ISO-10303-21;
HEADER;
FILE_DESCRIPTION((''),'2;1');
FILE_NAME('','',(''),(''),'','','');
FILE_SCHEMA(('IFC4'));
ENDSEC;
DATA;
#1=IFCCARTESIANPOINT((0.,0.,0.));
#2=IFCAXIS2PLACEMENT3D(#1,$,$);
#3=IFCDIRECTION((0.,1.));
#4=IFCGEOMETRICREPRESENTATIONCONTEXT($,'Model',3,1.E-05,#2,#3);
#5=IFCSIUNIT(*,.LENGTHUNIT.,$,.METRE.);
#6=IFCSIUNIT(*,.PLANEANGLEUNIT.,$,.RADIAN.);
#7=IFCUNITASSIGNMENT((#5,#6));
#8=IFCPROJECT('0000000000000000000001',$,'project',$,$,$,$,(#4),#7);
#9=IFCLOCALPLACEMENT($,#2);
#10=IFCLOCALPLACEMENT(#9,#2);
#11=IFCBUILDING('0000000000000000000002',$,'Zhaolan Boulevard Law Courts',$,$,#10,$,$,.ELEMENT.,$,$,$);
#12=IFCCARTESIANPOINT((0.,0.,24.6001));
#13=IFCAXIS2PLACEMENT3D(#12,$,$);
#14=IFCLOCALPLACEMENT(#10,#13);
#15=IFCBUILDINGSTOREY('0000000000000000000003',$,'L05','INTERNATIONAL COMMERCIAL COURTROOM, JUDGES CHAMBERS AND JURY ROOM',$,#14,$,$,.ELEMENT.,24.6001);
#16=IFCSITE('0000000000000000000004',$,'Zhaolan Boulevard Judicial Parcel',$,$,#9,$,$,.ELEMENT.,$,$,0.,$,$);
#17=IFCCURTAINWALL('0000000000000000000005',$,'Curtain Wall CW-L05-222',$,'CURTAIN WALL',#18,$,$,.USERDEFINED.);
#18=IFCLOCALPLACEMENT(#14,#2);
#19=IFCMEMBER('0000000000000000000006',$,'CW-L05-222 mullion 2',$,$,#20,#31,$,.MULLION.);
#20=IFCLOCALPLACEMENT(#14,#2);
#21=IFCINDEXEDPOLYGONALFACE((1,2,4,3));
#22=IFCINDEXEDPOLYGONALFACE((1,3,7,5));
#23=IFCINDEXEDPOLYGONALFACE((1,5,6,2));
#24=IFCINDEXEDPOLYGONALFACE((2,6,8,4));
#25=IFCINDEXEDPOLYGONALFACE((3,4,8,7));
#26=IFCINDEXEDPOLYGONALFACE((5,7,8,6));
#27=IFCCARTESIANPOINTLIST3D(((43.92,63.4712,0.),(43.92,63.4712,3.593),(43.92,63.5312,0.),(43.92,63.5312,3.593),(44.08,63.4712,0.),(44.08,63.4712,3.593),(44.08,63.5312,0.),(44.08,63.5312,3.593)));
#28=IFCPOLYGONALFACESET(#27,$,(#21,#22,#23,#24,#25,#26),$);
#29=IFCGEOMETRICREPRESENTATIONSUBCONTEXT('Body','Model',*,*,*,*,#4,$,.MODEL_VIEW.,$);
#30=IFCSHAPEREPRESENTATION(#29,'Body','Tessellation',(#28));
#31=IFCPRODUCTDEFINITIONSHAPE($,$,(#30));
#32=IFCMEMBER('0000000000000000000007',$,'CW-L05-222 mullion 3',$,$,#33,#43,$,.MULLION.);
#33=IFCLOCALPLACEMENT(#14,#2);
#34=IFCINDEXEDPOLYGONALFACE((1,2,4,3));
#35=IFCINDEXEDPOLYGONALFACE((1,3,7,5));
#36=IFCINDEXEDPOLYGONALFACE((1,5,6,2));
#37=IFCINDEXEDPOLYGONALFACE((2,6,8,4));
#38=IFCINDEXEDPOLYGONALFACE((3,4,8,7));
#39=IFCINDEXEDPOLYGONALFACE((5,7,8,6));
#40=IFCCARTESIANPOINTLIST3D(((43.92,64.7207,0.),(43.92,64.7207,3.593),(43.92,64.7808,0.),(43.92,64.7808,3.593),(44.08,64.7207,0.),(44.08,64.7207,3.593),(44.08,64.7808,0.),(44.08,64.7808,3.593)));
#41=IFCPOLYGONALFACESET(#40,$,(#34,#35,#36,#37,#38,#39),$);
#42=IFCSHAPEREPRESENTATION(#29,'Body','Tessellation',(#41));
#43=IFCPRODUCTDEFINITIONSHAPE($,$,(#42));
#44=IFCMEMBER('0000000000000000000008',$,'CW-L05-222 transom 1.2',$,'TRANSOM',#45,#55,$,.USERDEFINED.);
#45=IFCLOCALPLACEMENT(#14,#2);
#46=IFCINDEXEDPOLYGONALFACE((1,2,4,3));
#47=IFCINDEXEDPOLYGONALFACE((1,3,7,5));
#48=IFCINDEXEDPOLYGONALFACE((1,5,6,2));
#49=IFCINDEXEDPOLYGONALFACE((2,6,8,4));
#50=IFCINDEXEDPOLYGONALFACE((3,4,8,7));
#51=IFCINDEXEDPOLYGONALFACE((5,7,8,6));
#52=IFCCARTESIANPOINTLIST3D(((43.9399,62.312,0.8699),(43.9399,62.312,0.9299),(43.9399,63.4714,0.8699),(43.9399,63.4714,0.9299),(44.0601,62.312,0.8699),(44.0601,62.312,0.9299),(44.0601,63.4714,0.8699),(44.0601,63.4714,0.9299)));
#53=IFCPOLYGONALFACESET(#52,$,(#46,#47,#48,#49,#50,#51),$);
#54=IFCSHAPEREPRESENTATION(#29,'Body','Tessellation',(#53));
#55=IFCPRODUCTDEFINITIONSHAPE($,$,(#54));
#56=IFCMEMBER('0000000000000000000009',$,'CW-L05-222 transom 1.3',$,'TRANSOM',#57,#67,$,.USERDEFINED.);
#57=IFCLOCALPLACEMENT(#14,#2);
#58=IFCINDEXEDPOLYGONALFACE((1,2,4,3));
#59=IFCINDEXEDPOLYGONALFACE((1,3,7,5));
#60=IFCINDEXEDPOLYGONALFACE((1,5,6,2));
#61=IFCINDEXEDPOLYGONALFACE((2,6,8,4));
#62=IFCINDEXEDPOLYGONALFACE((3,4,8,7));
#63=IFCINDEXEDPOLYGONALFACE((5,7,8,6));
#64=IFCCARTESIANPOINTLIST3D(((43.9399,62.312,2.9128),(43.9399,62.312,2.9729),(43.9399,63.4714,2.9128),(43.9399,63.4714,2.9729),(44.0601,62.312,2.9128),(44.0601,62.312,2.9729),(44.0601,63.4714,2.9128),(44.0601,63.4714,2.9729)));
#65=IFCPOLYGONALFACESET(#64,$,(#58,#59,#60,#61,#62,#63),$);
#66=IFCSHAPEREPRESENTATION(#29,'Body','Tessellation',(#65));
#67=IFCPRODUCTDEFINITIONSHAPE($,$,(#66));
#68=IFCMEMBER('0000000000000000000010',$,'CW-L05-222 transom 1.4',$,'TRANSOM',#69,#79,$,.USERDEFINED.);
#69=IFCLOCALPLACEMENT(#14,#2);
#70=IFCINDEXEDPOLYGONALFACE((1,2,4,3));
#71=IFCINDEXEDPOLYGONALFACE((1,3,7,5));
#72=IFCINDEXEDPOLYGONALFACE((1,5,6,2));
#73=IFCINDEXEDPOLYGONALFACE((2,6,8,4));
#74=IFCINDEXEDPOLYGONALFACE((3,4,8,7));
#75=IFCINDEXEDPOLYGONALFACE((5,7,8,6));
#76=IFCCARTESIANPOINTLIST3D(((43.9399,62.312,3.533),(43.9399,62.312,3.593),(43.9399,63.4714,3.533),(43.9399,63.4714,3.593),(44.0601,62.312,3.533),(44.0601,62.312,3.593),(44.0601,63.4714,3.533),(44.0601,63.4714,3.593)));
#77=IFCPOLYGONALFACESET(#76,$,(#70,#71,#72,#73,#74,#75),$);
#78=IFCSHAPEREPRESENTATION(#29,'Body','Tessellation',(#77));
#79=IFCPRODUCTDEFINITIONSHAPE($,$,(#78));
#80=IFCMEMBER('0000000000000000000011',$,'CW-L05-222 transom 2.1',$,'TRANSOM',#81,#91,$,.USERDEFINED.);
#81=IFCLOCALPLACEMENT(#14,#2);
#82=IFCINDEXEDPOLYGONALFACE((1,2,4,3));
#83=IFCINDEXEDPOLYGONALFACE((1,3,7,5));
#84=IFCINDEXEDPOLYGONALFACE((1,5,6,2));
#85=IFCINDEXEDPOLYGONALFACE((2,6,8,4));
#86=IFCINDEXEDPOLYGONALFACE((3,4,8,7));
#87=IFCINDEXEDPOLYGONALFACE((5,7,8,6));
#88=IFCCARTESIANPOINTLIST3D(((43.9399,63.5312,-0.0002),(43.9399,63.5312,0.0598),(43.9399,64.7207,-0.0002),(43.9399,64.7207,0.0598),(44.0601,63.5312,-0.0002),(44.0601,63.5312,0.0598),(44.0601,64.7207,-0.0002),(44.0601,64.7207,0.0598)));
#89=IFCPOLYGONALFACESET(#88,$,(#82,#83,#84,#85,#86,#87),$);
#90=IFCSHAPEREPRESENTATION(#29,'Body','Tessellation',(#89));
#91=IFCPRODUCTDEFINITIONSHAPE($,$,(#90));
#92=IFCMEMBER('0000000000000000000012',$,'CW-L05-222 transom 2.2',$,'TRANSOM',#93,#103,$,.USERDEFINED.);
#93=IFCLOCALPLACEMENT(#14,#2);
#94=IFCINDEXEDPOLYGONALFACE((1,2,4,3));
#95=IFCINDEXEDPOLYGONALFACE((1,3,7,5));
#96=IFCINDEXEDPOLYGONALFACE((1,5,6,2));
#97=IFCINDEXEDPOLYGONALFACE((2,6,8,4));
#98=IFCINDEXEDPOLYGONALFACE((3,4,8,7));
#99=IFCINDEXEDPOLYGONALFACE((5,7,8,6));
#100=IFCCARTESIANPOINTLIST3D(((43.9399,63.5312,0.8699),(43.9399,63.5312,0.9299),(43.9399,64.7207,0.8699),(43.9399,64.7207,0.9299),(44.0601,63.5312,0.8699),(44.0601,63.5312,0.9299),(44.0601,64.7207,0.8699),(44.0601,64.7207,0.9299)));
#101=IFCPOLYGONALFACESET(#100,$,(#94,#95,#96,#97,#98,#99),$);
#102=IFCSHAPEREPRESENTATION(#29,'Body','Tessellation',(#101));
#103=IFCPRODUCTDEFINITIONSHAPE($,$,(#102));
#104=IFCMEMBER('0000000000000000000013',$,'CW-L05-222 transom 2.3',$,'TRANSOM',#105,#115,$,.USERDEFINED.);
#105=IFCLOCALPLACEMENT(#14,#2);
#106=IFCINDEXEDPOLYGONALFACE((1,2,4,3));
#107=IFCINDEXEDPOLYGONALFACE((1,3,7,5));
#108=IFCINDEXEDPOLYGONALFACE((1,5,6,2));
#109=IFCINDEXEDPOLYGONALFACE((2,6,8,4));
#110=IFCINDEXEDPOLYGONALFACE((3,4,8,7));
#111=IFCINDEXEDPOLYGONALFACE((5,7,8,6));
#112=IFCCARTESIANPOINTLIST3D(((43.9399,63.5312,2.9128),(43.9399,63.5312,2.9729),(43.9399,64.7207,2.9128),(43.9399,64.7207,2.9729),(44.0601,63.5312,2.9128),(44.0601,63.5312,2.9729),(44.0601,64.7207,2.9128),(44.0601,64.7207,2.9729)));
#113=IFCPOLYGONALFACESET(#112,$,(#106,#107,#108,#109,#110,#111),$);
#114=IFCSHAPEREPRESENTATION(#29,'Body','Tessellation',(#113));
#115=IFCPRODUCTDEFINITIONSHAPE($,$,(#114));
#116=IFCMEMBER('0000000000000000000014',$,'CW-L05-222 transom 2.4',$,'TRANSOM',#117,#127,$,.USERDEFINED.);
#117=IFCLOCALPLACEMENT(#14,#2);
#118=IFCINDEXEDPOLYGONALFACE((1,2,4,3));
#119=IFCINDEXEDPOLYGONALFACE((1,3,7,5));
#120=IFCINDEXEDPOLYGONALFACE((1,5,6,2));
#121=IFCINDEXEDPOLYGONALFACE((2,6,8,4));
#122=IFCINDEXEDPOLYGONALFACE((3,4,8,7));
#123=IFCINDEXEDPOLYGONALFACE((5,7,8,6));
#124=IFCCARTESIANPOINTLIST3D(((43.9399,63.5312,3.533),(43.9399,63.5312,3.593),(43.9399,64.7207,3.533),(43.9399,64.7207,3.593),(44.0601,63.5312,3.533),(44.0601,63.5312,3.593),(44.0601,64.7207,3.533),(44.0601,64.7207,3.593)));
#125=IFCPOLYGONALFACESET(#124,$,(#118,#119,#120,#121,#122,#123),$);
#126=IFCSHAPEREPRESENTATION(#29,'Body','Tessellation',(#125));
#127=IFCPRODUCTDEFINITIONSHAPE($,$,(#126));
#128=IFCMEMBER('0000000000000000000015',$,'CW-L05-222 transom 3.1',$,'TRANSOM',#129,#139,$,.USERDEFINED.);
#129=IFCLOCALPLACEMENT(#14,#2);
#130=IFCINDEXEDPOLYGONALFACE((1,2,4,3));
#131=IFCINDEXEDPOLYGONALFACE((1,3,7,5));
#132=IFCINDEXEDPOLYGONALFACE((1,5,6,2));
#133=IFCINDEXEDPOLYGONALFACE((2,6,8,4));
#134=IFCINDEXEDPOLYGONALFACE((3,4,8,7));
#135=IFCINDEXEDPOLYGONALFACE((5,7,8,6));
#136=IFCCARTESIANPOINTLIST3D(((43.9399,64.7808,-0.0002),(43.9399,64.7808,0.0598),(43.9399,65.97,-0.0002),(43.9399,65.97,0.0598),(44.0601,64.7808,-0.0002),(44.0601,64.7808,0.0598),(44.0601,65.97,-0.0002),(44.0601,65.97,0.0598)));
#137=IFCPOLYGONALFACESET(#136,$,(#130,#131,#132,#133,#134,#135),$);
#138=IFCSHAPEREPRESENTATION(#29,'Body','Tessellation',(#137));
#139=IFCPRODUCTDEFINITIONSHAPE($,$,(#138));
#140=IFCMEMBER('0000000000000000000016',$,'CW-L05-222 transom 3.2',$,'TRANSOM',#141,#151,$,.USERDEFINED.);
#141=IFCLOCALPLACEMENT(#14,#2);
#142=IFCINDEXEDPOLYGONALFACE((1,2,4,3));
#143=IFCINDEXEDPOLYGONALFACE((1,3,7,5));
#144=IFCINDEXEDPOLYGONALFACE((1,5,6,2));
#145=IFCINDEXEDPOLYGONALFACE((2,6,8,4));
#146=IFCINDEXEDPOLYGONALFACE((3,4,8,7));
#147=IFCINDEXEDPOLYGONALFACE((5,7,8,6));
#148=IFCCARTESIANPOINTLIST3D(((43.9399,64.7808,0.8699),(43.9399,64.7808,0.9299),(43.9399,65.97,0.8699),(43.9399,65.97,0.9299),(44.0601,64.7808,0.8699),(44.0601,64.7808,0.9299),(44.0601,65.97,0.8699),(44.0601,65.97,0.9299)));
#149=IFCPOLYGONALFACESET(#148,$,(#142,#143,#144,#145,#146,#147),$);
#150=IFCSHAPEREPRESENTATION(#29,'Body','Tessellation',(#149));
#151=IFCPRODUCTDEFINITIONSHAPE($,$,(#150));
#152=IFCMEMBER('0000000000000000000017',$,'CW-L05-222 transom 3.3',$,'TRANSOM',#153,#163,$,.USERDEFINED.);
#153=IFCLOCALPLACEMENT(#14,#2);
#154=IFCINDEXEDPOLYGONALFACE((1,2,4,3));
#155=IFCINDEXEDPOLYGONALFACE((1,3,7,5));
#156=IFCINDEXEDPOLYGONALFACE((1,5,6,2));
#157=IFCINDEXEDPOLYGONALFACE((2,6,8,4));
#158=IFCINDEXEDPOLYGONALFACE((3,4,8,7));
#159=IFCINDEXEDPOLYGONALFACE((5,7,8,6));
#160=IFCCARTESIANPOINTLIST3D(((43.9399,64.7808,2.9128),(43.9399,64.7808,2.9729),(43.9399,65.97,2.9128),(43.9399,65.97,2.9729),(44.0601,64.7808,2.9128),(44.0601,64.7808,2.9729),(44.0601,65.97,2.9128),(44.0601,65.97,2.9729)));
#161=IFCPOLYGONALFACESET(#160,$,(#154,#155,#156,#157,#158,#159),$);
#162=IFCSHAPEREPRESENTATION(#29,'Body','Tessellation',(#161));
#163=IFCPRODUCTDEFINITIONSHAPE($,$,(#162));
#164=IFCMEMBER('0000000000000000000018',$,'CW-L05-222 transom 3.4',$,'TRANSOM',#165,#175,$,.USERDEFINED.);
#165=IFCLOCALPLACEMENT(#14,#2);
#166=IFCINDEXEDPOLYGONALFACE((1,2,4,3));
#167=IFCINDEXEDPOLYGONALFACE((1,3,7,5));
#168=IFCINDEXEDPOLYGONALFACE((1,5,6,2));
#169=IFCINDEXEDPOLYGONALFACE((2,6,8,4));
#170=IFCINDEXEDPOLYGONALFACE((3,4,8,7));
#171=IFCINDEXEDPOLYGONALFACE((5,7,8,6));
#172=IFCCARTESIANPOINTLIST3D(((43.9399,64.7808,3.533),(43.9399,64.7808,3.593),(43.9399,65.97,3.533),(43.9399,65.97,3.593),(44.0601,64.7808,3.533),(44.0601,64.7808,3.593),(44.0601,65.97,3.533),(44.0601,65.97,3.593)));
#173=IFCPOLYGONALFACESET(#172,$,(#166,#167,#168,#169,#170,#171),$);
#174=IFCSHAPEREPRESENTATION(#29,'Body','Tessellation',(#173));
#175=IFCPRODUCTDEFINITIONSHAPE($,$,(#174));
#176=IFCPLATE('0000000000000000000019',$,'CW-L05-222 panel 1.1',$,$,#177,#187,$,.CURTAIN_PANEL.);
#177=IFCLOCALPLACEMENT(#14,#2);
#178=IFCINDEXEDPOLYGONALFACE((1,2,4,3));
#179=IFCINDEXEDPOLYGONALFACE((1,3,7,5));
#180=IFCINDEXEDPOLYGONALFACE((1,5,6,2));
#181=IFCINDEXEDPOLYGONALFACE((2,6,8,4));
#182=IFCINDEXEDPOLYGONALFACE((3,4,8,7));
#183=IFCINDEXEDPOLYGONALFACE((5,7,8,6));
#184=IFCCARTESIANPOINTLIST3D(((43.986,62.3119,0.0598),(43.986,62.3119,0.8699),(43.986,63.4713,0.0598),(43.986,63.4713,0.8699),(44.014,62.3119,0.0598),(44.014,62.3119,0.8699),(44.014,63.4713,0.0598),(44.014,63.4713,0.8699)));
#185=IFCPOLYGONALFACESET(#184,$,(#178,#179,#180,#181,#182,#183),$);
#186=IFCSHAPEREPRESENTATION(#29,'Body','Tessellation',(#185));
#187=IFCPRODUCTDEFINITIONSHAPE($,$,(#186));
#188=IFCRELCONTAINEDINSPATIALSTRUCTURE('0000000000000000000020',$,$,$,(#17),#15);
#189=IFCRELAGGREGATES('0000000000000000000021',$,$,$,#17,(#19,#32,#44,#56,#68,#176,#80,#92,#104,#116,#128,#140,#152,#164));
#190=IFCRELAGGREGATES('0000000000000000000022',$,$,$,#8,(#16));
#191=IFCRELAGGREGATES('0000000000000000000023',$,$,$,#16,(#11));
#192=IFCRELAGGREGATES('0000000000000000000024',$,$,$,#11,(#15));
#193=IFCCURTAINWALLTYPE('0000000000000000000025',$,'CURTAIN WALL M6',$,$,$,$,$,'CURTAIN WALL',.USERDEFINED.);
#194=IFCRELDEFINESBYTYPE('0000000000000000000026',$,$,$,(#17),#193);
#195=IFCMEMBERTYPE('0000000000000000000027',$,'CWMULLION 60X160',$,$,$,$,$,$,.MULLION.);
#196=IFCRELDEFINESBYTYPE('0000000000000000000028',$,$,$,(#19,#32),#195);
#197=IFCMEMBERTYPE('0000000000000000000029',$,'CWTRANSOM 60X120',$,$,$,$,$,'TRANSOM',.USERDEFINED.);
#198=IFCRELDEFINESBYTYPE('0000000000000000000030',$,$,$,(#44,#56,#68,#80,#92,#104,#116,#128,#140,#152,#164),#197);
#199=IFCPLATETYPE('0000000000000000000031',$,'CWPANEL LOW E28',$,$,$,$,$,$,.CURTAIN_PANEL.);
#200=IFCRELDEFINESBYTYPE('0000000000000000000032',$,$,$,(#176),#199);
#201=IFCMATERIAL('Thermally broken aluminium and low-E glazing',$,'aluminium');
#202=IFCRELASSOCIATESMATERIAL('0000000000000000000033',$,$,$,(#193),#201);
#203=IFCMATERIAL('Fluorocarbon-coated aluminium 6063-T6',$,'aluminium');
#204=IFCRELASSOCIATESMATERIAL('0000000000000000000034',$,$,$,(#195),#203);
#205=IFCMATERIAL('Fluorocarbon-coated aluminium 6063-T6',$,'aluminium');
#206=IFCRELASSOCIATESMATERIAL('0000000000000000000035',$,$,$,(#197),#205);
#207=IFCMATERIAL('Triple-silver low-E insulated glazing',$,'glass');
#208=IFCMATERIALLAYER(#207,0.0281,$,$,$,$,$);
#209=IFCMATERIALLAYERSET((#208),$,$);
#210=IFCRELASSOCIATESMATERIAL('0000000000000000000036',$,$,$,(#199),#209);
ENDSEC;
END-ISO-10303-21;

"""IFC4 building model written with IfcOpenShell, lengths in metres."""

from ifc_helpers import new_model, si_unit, direction, frame, origin, origin_2d, place, context, subcontext, project, spatial, rectangle, extrude, material, layer, layer_set, material_profile, profile_set, type_object, element, aggregate, save


model = new_model("IFC4")

# Units and contexts
model_context = context("Model", 3, precision=1e-05, world=origin(), true_north=direction((0.0, 1.0)))
body_context = subcontext(model_context, "Body", "Model", "MODEL_VIEW")
ifc_project = project(units=[si_unit("LENGTHUNIT", "METRE"), si_unit("PLANEANGLEUNIT", "RADIAN")], contexts=[model_context])

# Site, building, storey
site_placement = place(None, origin())
site = spatial("IfcSite", under=ifc_project, at=site_placement, Name="Zhaolan Boulevard Judicial Parcel", CompositionType="ELEMENT", RefElevation=0.0)
building_placement = place(site_placement, origin())
building = spatial("IfcBuilding", under=site, at=building_placement, Name="Zhaolan Boulevard Law Courts", CompositionType="ELEMENT")
storey_placement = place(building_placement, frame((0.0, 0.0, 24.6001)))
storey = spatial("IfcBuildingStorey", under=building, at=storey_placement, Name="L05", Description="INTERNATIONAL COMMERCIAL COURTROOM, JUDGES CHAMBERS AND JURY ROOM", CompositionType="ELEMENT", Elevation=24.6001)

# Curtain wall, members, plate
ifc_material_1 = material(Name="Thermally broken aluminium and low-E glazing", Category="aluminium")
curtain_wall_type = type_object("IfcCurtainWallType", Name="CURTAIN WALL M6", ElementType="CURTAIN WALL", PredefinedType="USERDEFINED", material=ifc_material_1)
curtain_wall_placement = place(storey_placement, origin())
curtain_wall = element("IfcCurtainWall", 1, at=curtain_wall_placement, inside=storey, type_object=curtain_wall_type, Name="Curtain Wall CW-L05-222", ObjectType="CURTAIN WALL", PredefinedType="USERDEFINED")
ifc_material_2 = material(Name="Fluorocarbon-coated aluminium 6063-T6", Category="aluminium")
ifc_material_profile_1 = material_profile(ifc_material_2, rectangle(XDim=0.1599, YDim=0.0601, at=origin_2d()), Name="AL60x160")
ifc_profile_set_1 = profile_set([ifc_material_profile_1], Name="Fluorocarbon-coated aluminium 6063-T6")
member_type_1 = type_object("IfcMemberType", Name="CWMULLION 60X160", PredefinedType="MULLION", material=ifc_profile_set_1)
member_1_placement = place(storey_placement, frame((44.0, 63.5012, 0.0), z_axis=(0.0, 0.0, 1.0), x_axis=(-1.0, 0.0, 0.0)))
member_1 = element("IfcMember", 2, at=member_1_placement, type_object=member_type_1, Name="CW-L05-222 mullion 2", PredefinedType="MULLION", context=body_context, shape_type="SweptSolid", body=[
    extrude(rectangle(XDim=0.1599, YDim=0.0601, at=origin_2d()), origin(), (0.0, 0.0, 1.0), 3.593),
])
member_2_placement = place(storey_placement, frame((44.0, 64.7507, 0.0), z_axis=(0.0, 0.0, 1.0), x_axis=(-1.0, 0.0, 0.0)))
member_2 = element("IfcMember", 3, at=member_2_placement, type_object=member_type_1, Name="CW-L05-222 mullion 3", PredefinedType="MULLION", context=body_context, shape_type="SweptSolid", body=[
    extrude(rectangle(XDim=0.1599, YDim=0.0601, at=origin_2d()), origin(), (0.0, 0.0, 1.0), 3.593),
])
ifc_material_3 = material(Name="Fluorocarbon-coated aluminium 6063-T6", Category="aluminium")
ifc_material_profile_2 = material_profile(ifc_material_3, rectangle(XDim=0.1201, YDim=0.0601, at=origin_2d()), Name="AL60x120")
ifc_profile_set_2 = profile_set([ifc_material_profile_2], Name="Fluorocarbon-coated aluminium 6063-T6")
member_type_2 = type_object("IfcMemberType", Name="CWTRANSOM 60X120", ElementType="TRANSOM", PredefinedType="USERDEFINED", material=ifc_profile_set_2)
member_3_placement = place(storey_placement, frame((44.0, 62.312, 0.8999), z_axis=(0.0, 1.0, 0.0), x_axis=(-1.0, 0.0, 0.0)))
member_3 = element("IfcMember", 4, at=member_3_placement, type_object=member_type_2, Name="CW-L05-222 transom 1.2", ObjectType="TRANSOM", PredefinedType="USERDEFINED", context=body_context, shape_type="SweptSolid", body=[
    extrude(rectangle(XDim=0.1201, YDim=0.0601, at=origin_2d()), origin(), (0.0, 0.0, 1.0), 1.1594),
])
member_4_placement = place(storey_placement, frame((44.0, 62.312, 2.9429), z_axis=(0.0, 1.0, 0.0), x_axis=(-1.0, 0.0, 0.0)))
member_4 = element("IfcMember", 5, at=member_4_placement, type_object=member_type_2, Name="CW-L05-222 transom 1.3", ObjectType="TRANSOM", PredefinedType="USERDEFINED", context=body_context, shape_type="SweptSolid", body=[
    extrude(rectangle(XDim=0.1201, YDim=0.0601, at=origin_2d()), origin(), (0.0, 0.0, 1.0), 1.1594),
])
member_5_placement = place(storey_placement, frame((44.0, 62.312, 3.563), z_axis=(0.0, 1.0, 0.0), x_axis=(-1.0, 0.0, 0.0)))
member_5 = element("IfcMember", 6, at=member_5_placement, type_object=member_type_2, Name="CW-L05-222 transom 1.4", ObjectType="TRANSOM", PredefinedType="USERDEFINED", context=body_context, shape_type="SweptSolid", body=[
    extrude(rectangle(XDim=0.1201, YDim=0.0601, at=origin_2d()), origin(), (0.0, 0.0, 1.0), 1.1594),
])
member_6_placement = place(storey_placement, frame((44.0, 63.5312, 0.0298), z_axis=(0.0, 1.0, 0.0), x_axis=(-1.0, 0.0, 0.0)))
member_6 = element("IfcMember", 7, at=member_6_placement, type_object=member_type_2, Name="CW-L05-222 transom 2.1", ObjectType="TRANSOM", PredefinedType="USERDEFINED", context=body_context, shape_type="SweptSolid", body=[
    extrude(rectangle(XDim=0.1201, YDim=0.0601, at=origin_2d()), origin(), (0.0, 0.0, 1.0), 1.1895),
])
member_7_placement = place(storey_placement, frame((44.0, 63.5312, 0.8999), z_axis=(0.0, 1.0, 0.0), x_axis=(-1.0, 0.0, 0.0)))
member_7 = element("IfcMember", 8, at=member_7_placement, type_object=member_type_2, Name="CW-L05-222 transom 2.2", ObjectType="TRANSOM", PredefinedType="USERDEFINED", context=body_context, shape_type="SweptSolid", body=[
    extrude(rectangle(XDim=0.1201, YDim=0.0601, at=origin_2d()), origin(), (0.0, 0.0, 1.0), 1.1895),
])
member_8_placement = place(storey_placement, frame((44.0, 63.5312, 2.9429), z_axis=(0.0, 1.0, 0.0), x_axis=(-1.0, 0.0, 0.0)))
member_8 = element("IfcMember", 9, at=member_8_placement, type_object=member_type_2, Name="CW-L05-222 transom 2.3", ObjectType="TRANSOM", PredefinedType="USERDEFINED", context=body_context, shape_type="SweptSolid", body=[
    extrude(rectangle(XDim=0.1201, YDim=0.0601, at=origin_2d()), origin(), (0.0, 0.0, 1.0), 1.1895),
])
member_9_placement = place(storey_placement, frame((44.0, 63.5312, 3.563), z_axis=(0.0, 1.0, 0.0), x_axis=(-1.0, 0.0, 0.0)))
member_9 = element("IfcMember", 10, at=member_9_placement, type_object=member_type_2, Name="CW-L05-222 transom 2.4", ObjectType="TRANSOM", PredefinedType="USERDEFINED", context=body_context, shape_type="SweptSolid", body=[
    extrude(rectangle(XDim=0.1201, YDim=0.0601, at=origin_2d()), origin(), (0.0, 0.0, 1.0), 1.1895),
])
member_10_placement = place(storey_placement, frame((44.0, 64.7808, 0.0298), z_axis=(0.0, 1.0, 0.0), x_axis=(-1.0, 0.0, 0.0)))
member_10 = element("IfcMember", 11, at=member_10_placement, type_object=member_type_2, Name="CW-L05-222 transom 3.1", ObjectType="TRANSOM", PredefinedType="USERDEFINED", context=body_context, shape_type="SweptSolid", body=[
    extrude(rectangle(XDim=0.1201, YDim=0.0601, at=origin_2d()), origin(), (0.0, 0.0, 1.0), 1.1892),
])
member_11_placement = place(storey_placement, frame((44.0, 64.7808, 0.8999), z_axis=(0.0, 1.0, 0.0), x_axis=(-1.0, 0.0, 0.0)))
member_11 = element("IfcMember", 12, at=member_11_placement, type_object=member_type_2, Name="CW-L05-222 transom 3.2", ObjectType="TRANSOM", PredefinedType="USERDEFINED", context=body_context, shape_type="SweptSolid", body=[
    extrude(rectangle(XDim=0.1201, YDim=0.0601, at=origin_2d()), origin(), (0.0, 0.0, 1.0), 1.1892),
])
member_12_placement = place(storey_placement, frame((44.0, 64.7808, 2.9429), z_axis=(0.0, 1.0, 0.0), x_axis=(-1.0, 0.0, 0.0)))
member_12 = element("IfcMember", 13, at=member_12_placement, type_object=member_type_2, Name="CW-L05-222 transom 3.3", ObjectType="TRANSOM", PredefinedType="USERDEFINED", context=body_context, shape_type="SweptSolid", body=[
    extrude(rectangle(XDim=0.1201, YDim=0.0601, at=origin_2d()), origin(), (0.0, 0.0, 1.0), 1.1892),
])
member_13_placement = place(storey_placement, frame((44.0, 64.7808, 3.563), z_axis=(0.0, 1.0, 0.0), x_axis=(-1.0, 0.0, 0.0)))
member_13 = element("IfcMember", 14, at=member_13_placement, type_object=member_type_2, Name="CW-L05-222 transom 3.4", ObjectType="TRANSOM", PredefinedType="USERDEFINED", context=body_context, shape_type="SweptSolid", body=[
    extrude(rectangle(XDim=0.1201, YDim=0.0601, at=origin_2d()), origin(), (0.0, 0.0, 1.0), 1.1892),
])
ifc_material_4 = material(Name="Triple-silver low-E insulated glazing", Category="glass")
ifc_layer = layer(ifc_material_4, 0.0281)
ifc_layer_set = layer_set([ifc_layer])
plate_type = type_object("IfcPlateType", Name="CWPANEL LOW E28", PredefinedType="CURTAIN_PANEL", material=ifc_layer_set)
plate_1_placement = place(storey_placement, frame((44.0, 62.8916, 0.0598), z_axis=(0.0, 0.0, 1.0), x_axis=(0.0, 1.0, 0.0)))
plate_1 = element("IfcPlate", 15, at=plate_1_placement, type_object=plate_type, Name="CW-L05-222 panel 1.1", PredefinedType="CURTAIN_PANEL", context=body_context, shape_type="SweptSolid", body=[
    extrude(rectangle(XDim=1.1594, YDim=0.0281, at=origin_2d()), origin(), (0.0, 0.0, 1.0), 0.8101),
])
aggregate(curtain_wall, [member_1, member_2, member_3, member_4, member_5, plate_1, member_6, member_7, member_8, member_9, member_10, member_11, member_12, member_13])

save(model, "model.ifc")
